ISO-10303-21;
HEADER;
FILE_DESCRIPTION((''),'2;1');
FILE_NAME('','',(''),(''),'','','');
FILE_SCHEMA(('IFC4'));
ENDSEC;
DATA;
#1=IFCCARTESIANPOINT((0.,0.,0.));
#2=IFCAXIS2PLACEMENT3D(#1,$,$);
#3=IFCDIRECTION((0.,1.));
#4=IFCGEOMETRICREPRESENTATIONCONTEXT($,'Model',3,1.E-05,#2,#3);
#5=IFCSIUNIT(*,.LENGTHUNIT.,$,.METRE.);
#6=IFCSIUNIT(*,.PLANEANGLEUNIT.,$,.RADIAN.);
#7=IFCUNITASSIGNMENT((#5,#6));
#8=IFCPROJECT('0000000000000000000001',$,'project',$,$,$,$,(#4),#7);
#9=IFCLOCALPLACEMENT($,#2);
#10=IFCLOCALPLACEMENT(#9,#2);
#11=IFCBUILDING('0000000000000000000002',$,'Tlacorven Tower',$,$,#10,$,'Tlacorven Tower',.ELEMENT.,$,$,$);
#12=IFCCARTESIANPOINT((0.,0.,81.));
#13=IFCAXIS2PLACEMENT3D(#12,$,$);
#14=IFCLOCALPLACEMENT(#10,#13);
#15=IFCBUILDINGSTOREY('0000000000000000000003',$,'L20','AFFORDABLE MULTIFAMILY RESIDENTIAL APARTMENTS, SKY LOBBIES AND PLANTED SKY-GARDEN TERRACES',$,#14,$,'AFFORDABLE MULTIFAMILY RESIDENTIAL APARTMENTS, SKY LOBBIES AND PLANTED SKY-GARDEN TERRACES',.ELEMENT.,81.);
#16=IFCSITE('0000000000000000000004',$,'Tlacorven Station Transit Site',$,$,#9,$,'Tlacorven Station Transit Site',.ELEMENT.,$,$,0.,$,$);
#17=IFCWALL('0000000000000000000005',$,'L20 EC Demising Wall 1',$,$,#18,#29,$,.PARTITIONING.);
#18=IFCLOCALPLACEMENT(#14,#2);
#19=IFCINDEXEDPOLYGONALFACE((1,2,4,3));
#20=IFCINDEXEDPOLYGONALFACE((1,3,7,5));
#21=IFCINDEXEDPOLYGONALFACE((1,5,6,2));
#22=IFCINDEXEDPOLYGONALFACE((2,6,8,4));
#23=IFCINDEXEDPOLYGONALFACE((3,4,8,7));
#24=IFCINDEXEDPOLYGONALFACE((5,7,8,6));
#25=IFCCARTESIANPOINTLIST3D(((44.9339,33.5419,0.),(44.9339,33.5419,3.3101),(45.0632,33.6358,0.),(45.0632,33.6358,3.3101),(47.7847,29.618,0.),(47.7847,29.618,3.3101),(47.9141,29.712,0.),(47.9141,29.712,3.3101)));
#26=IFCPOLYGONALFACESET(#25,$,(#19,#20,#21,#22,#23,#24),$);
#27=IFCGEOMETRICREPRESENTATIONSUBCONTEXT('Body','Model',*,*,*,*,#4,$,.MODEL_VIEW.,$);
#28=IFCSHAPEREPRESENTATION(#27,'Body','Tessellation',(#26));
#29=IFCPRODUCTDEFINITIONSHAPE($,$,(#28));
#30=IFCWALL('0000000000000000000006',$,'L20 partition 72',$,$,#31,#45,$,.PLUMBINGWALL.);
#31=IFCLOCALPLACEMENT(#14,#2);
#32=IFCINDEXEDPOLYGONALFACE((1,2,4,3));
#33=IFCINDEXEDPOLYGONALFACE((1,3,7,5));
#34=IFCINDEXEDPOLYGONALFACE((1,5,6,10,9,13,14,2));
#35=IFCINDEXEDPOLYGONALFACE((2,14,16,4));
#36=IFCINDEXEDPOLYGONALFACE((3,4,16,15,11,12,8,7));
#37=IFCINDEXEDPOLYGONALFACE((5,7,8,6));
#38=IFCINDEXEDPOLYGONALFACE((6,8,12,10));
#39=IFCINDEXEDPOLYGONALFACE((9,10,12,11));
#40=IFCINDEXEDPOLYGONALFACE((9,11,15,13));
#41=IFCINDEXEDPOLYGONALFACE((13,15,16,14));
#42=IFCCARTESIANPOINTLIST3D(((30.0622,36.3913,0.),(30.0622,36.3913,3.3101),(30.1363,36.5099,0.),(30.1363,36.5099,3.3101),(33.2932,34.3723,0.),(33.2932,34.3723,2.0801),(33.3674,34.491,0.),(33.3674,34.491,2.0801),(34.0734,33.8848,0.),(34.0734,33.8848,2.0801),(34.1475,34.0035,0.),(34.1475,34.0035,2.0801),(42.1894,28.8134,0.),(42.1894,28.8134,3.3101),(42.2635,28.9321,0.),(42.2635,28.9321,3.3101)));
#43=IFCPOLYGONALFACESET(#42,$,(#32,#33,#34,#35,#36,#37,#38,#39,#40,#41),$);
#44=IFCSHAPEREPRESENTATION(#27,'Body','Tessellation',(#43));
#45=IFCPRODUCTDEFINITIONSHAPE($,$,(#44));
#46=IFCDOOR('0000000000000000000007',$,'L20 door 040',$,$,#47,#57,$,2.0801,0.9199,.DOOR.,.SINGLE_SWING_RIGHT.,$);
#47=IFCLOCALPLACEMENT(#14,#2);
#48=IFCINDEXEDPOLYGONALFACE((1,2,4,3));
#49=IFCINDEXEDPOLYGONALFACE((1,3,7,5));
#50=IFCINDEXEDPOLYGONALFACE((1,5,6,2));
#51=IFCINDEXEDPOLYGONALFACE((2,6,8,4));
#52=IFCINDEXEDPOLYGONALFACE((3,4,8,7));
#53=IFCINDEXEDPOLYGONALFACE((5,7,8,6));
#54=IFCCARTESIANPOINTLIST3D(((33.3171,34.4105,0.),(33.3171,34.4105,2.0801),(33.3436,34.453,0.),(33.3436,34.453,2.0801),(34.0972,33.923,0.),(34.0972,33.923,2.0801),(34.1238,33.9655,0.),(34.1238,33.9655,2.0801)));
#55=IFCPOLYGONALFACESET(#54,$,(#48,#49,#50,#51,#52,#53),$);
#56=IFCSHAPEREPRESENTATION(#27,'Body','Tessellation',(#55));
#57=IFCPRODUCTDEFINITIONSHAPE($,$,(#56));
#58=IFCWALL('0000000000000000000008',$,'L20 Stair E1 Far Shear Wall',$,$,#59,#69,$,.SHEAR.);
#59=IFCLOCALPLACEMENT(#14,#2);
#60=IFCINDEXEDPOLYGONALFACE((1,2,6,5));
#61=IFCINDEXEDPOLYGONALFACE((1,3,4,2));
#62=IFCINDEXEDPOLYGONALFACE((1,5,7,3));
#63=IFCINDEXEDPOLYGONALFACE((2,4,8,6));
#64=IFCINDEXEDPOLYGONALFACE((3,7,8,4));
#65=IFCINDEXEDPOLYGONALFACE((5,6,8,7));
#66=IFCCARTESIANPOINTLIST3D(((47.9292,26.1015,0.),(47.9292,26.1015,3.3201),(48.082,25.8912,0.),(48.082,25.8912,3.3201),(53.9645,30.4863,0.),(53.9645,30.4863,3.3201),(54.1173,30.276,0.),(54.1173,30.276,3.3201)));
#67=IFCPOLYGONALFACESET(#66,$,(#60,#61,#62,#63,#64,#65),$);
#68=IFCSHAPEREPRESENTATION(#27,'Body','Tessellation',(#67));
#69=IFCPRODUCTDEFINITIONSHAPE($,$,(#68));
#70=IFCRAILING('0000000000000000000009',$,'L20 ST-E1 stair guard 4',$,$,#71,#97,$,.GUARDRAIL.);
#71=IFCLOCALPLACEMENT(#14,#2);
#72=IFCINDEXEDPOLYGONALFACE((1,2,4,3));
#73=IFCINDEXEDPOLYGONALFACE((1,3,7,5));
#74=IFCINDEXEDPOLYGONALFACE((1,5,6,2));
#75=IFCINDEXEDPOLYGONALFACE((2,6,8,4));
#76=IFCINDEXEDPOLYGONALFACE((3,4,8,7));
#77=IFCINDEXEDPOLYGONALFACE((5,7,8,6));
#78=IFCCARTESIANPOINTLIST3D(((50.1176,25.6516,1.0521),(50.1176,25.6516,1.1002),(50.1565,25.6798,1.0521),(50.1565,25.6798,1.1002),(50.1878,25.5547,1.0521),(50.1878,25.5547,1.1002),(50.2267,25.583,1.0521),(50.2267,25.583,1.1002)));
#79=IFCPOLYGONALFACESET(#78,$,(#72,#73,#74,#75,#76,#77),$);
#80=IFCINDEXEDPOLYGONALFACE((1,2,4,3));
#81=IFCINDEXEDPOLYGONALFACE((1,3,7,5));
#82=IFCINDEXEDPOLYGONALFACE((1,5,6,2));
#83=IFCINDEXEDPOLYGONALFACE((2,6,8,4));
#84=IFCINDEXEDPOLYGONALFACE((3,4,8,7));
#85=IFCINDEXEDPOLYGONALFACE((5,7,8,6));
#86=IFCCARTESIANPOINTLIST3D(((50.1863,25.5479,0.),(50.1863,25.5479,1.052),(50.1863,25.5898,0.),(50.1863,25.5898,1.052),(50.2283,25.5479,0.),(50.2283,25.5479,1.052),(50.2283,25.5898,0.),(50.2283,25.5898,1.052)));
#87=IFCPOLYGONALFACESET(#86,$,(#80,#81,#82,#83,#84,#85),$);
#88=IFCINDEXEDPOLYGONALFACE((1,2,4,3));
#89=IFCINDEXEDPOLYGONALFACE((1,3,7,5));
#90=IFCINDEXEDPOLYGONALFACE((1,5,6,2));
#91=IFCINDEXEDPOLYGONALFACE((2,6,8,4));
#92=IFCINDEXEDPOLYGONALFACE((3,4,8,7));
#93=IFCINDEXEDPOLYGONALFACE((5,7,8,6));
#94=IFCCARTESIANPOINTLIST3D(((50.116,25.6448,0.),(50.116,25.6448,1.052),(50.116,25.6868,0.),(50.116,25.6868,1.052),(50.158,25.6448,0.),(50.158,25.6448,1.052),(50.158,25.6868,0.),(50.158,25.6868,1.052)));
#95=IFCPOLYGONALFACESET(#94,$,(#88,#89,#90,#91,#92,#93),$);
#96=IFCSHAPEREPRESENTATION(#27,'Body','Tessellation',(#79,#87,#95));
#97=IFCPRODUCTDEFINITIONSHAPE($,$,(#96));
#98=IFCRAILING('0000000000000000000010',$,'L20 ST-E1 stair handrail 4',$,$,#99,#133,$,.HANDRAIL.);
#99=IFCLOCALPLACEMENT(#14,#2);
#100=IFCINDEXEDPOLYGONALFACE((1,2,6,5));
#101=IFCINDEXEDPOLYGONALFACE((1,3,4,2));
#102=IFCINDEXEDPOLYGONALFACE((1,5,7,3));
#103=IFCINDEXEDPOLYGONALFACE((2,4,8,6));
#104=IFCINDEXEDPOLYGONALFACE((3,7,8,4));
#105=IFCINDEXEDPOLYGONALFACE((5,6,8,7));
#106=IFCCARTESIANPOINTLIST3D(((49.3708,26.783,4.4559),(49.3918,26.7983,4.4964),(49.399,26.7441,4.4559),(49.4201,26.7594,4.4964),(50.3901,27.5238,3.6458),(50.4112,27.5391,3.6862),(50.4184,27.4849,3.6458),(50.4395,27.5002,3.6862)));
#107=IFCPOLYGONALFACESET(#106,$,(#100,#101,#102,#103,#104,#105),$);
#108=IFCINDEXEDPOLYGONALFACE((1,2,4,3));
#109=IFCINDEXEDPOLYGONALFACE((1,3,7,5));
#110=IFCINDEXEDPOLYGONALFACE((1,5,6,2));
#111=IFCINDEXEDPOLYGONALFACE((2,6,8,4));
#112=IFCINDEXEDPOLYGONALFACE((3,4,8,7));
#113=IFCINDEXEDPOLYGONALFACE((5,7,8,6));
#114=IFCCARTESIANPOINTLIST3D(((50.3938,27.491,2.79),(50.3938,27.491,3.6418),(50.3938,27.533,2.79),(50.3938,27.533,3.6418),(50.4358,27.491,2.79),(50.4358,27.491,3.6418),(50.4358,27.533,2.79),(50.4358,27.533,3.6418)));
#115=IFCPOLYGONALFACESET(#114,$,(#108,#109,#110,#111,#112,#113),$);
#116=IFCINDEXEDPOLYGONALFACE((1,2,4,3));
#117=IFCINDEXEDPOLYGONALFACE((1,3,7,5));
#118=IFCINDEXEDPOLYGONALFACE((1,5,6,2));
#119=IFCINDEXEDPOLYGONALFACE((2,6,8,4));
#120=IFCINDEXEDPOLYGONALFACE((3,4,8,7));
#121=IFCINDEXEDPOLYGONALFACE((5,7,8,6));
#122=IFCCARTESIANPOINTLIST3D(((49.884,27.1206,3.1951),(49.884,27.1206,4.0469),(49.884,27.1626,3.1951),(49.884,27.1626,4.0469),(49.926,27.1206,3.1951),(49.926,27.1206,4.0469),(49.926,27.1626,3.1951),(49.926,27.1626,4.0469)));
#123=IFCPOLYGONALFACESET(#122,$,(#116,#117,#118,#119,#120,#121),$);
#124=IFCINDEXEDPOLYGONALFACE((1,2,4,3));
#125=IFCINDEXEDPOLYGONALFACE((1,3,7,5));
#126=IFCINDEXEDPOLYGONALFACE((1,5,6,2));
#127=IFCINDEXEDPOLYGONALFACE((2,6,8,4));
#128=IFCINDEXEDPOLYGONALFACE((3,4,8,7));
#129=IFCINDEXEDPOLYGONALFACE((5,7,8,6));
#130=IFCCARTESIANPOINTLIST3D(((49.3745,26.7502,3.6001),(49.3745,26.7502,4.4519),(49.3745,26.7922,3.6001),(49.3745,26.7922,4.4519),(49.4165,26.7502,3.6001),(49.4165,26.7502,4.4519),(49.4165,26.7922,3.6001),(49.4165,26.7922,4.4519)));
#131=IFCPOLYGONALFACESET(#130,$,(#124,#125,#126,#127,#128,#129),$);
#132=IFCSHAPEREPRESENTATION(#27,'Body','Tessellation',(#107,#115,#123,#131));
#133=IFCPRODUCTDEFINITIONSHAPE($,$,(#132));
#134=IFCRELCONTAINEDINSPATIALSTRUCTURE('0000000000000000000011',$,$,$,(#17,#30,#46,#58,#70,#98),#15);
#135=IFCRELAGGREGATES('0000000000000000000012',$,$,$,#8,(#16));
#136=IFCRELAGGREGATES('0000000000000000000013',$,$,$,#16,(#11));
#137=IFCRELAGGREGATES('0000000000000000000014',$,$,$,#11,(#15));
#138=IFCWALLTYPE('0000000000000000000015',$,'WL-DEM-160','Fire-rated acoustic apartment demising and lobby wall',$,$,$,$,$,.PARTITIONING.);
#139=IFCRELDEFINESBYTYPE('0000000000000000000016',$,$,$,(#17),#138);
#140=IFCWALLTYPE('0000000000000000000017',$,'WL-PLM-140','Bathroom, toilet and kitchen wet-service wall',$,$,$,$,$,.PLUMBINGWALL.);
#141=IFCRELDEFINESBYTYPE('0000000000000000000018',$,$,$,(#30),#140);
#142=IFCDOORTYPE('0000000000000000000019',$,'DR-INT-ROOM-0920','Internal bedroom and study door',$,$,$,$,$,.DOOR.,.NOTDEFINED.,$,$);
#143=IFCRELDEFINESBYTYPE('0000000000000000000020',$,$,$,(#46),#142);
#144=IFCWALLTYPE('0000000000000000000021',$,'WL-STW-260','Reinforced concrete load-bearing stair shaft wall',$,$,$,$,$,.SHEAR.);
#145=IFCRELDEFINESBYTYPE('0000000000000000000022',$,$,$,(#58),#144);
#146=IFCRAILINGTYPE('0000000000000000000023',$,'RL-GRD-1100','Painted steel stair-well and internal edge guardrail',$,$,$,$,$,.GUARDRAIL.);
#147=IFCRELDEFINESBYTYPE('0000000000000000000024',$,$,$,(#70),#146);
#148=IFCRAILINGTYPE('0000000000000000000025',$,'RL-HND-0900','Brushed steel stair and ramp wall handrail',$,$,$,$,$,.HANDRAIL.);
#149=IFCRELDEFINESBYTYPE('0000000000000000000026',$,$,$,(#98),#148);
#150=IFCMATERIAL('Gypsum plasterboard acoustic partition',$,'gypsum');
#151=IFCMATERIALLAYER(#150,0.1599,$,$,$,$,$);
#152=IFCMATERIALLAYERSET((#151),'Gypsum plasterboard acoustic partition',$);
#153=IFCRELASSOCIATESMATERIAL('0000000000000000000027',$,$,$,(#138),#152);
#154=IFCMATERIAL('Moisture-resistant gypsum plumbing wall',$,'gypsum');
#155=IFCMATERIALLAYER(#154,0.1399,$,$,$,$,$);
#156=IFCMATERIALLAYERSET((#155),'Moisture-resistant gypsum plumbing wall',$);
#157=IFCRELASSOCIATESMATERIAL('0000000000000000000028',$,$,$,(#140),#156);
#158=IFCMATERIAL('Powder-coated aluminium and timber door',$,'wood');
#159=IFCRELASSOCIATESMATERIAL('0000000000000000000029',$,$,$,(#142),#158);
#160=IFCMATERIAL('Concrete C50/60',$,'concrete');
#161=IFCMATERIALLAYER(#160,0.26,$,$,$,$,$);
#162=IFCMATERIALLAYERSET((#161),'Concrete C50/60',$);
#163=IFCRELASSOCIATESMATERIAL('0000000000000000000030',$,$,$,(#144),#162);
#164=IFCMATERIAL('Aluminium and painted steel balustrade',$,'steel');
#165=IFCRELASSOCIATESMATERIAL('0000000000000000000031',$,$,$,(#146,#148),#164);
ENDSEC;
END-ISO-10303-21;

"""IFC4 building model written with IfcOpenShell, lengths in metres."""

from ifc_helpers import new_model, si_unit, direction, frame, frame_2d, origin, origin_2d, place, context, subcontext, project, spatial, rectangle, extrude, source, transform, mapped, material, layer, layer_set, type_object, element, fill, save


model = new_model("IFC4")

# Units and contexts
model_context = context("Model", 3, precision=1e-05, world=origin(), true_north=direction((0.0, 1.0)))
body_context = subcontext(model_context, "Body", "Model", "MODEL_VIEW")
ifc_project = project(units=[si_unit("LENGTHUNIT", "METRE"), si_unit("PLANEANGLEUNIT", "RADIAN")], contexts=[model_context])

# Site, building, storey
site_placement = place(None, origin())
site = spatial("IfcSite", under=ifc_project, at=site_placement, Name="Tlacorven Station Transit Site", LongName="Tlacorven Station Transit Site", CompositionType="ELEMENT", RefElevation=0.0)
building_placement = place(site_placement, origin())
building = spatial("IfcBuilding", under=site, at=building_placement, Name="Tlacorven Tower", LongName="Tlacorven Tower", CompositionType="ELEMENT")
storey_placement = place(building_placement, frame((0.0, 0.0, 81.0)))
storey = spatial("IfcBuildingStorey", under=building, at=storey_placement, Name="L20", Description="AFFORDABLE MULTIFAMILY RESIDENTIAL APARTMENTS, SKY LOBBIES AND PLANTED SKY-GARDEN TERRACES", LongName="AFFORDABLE MULTIFAMILY RESIDENTIAL APARTMENTS, SKY LOBBIES AND PLANTED SKY-GARDEN TERRACES", CompositionType="ELEMENT", Elevation=81.0)

# Shared definitions
ifc_material_1 = material(Name="Gypsum plasterboard acoustic partition", Category="gypsum")
ifc_layer_1 = layer(ifc_material_1, 0.1599)
ifc_layer_set_1 = layer_set([ifc_layer_1], Name="Gypsum plasterboard acoustic partition")
wall_type_1 = type_object("IfcWallType", Name="WL-DEM-160", Description="Fire-rated acoustic apartment demising and lobby wall", PredefinedType="PARTITIONING", material=ifc_layer_set_1)

# Wall
wall_1_placement = place(storey_placement, frame((47.8494, 29.665, 0.0), z_axis=(0.0, 0.0, 1.0), x_axis=(-0.587786, 0.809017, 0.0)))
element("IfcWall", 1, at=wall_1_placement, inside=storey, type_object=wall_type_1, Name="L20 EC Demising Wall 1", PredefinedType="PARTITIONING", context=body_context, shape_type="SweptSolid", body=[
    extrude(rectangle(XDim=4.8501, YDim=0.1599, at=frame_2d((2.425, 0.0))), origin(), (0.0, 0.0, 1.0), 3.3101),
])

# Wall, opening, door
ifc_material_2 = material(Name="Moisture-resistant gypsum plumbing wall", Category="gypsum")
ifc_layer_2 = layer(ifc_material_2, 0.1399)
ifc_layer_set_2 = layer_set([ifc_layer_2], Name="Moisture-resistant gypsum plumbing wall")
wall_type_2 = type_object("IfcWallType", Name="WL-PLM-140", Description="Bathroom, toilet and kitchen wet-service wall", PredefinedType="PLUMBINGWALL", material=ifc_layer_set_2)
wall_2_placement = place(storey_placement, frame((42.2263, 28.8728, 0.0), z_axis=(0.0, 0.0, 1.0), x_axis=(-0.848049, 0.529918, 0.0)))
wall_2 = element("IfcWall", 2, at=wall_2_placement, inside=storey, type_object=wall_type_2, Name="L20 partition 72", PredefinedType="PLUMBINGWALL", context=body_context, shape_type="SweptSolid", body=[
    extrude(rectangle(XDim=14.3, YDim=0.1399, at=frame_2d((7.1499, 0.0))), origin(), (0.0, 0.0, 1.0), 3.3101),
])
opening_1_placement = place(wall_2_placement, frame((9.5701, 0.0, 0.0)))
opening_1 = element("IfcOpeningElement", 3, at=opening_1_placement, cuts=wall_2, PredefinedType="OPENING", context=body_context, shape_type="SweptSolid", body=[
    extrude(rectangle(XDim=0.9199, YDim=2.0801, at=frame_2d((0.46, 1.04))), frame((0.0, 0.0801, 0.0), z_axis=(0.0, -1.0, 0.0), x_axis=(1.0, 0.0, 0.0)), (0.0, 0.0, 1.0), 0.1599),
])
ifc_material_3 = material(Name="Powder-coated aluminium and timber door", Category="wood")
door_type_1 = type_object("IfcDoorType", Name="DR-INT-ROOM-0920", Description="Internal bedroom and study door", OperationType="NOTDEFINED", PredefinedType="DOOR", material=ifc_material_3)
shared_shape_1 = source(origin(), body_context, "Body", "SweptSolid", [
    extrude(rectangle(XDim=0.9199, YDim=2.0801, at=frame_2d((0.46, 1.04))), frame((0.0, 0.0249, 0.0), z_axis=(0.0, -1.0, 0.0), x_axis=(1.0, 0.0, 0.0)), (0.0, 0.0, 1.0), 0.05),
])
door_1_placement = place(opening_1_placement, origin())
door_1 = element("IfcDoor", 4, at=door_1_placement, inside=storey, type_object=door_type_1, Name="L20 door 040", OperationType="SINGLE_SWING_RIGHT", OverallHeight=2.0801, OverallWidth=0.9199, PredefinedType="DOOR", context=body_context, shape_type="MappedRepresentation", body=[
    mapped(shared_shape_1, transform((0.0, 0.0, 0.0), scale=1.0)),
])
fill(opening_1, door_1)

# Wall
ifc_material_4 = material(Name="Concrete C50/60", Category="concrete")
ifc_layer_3 = layer(ifc_material_4, 0.26)
ifc_layer_set_3 = layer_set([ifc_layer_3], Name="Concrete C50/60")
wall_type_3 = type_object("IfcWallType", Name="WL-STW-260", Description="Reinforced concrete load-bearing stair shaft wall", PredefinedType="SHEAR", material=ifc_layer_set_3)
wall_3_placement = place(storey_placement, frame((48.0056, 25.9963, 0.0), z_axis=(0.0, 0.0, 1.0), x_axis=(0.809019, 0.587782, 0.0)))
element("IfcWall", 5, at=wall_3_placement, inside=storey, type_object=wall_type_3, Name="L20 Stair E1 Far Shear Wall", PredefinedType="SHEAR", context=body_context, shape_type="SweptSolid", body=[
    extrude(rectangle(XDim=7.46, YDim=0.26, at=frame_2d((3.73, 0.0))), origin(), (0.0, 0.0, 1.0), 3.3201),
])

# Railings
ifc_material_5 = material(Name="Aluminium and painted steel balustrade", Category="steel")
railing_type_1 = type_object("IfcRailingType", Name="RL-GRD-1100", Description="Painted steel stair-well and internal edge guardrail", PredefinedType="GUARDRAIL", material=ifc_material_5)
shared_shape_2 = source(origin(), body_context, "Body", "SweptSolid", [
    extrude(rectangle(XDim=0.0481, YDim=0.0481, at=origin_2d()), frame((0.0, 0.0, 1.0762), z_axis=(-0.587201, 0.809441, 0.0), x_axis=(-0.809441, -0.587201, 0.0)), (0.0, 0.0, 1.0), 0.1196),
    extrude(rectangle(XDim=0.042, YDim=0.042, at=origin_2d()), origin(), (0.0, 0.0, 1.0), 1.052),
    extrude(rectangle(XDim=0.042, YDim=0.042, at=origin_2d()), frame((-0.0703, 0.0969, 0.0)), (0.0, 0.0, 1.0), 1.052),
])
railing_1_placement = place(storey_placement, frame((50.2073, 25.5688, 0.0)))
element("IfcRailing", 6, at=railing_1_placement, inside=storey, type_object=railing_type_1, Name="L20 ST-E1 stair guard 4", PredefinedType="GUARDRAIL", context=body_context, shape_type="MappedRepresentation", body=[
    mapped(shared_shape_2, transform((0.0, 0.0, 0.0), scale=1.0)),
])
railing_type_2 = type_object("IfcRailingType", Name="RL-HND-0900", Description="Brushed steel stair and ramp wall handrail", PredefinedType="HANDRAIL", material=ifc_material_5)
shared_shape_3 = source(origin(), body_context, "Body", "SweptSolid", [
    extrude(rectangle(XDim=0.0481, YDim=0.0481, at=origin_2d()), frame((0.0, 0.0, 0.876), z_axis=(-0.680461, -0.494496, 0.540783), x_axis=(0.587872, -0.808954, 0.0)), (0.0, 0.0, 1.0), 1.498),
    extrude(rectangle(XDim=0.042, YDim=0.042, at=origin_2d()), origin(), (0.0, 0.0, 1.0), 0.8518),
    extrude(rectangle(XDim=0.042, YDim=0.042, at=origin_2d()), frame((-0.5098, -0.3704, 0.405)), (0.0, 0.0, 1.0), 0.8518),
    extrude(rectangle(XDim=0.042, YDim=0.042, at=origin_2d()), frame((-1.0193, -0.7407, 0.8101)), (0.0, 0.0, 1.0), 0.8518),
])
railing_2_placement = place(storey_placement, frame((50.4148, 27.512, 2.79)))
element("IfcRailing", 7, at=railing_2_placement, inside=storey, type_object=railing_type_2, Name="L20 ST-E1 stair handrail 4", PredefinedType="HANDRAIL", context=body_context, shape_type="MappedRepresentation", body=[
    mapped(shared_shape_3, transform((0.0, 0.0, 0.0), scale=1.0)),
])

save(model, "model.ifc")
